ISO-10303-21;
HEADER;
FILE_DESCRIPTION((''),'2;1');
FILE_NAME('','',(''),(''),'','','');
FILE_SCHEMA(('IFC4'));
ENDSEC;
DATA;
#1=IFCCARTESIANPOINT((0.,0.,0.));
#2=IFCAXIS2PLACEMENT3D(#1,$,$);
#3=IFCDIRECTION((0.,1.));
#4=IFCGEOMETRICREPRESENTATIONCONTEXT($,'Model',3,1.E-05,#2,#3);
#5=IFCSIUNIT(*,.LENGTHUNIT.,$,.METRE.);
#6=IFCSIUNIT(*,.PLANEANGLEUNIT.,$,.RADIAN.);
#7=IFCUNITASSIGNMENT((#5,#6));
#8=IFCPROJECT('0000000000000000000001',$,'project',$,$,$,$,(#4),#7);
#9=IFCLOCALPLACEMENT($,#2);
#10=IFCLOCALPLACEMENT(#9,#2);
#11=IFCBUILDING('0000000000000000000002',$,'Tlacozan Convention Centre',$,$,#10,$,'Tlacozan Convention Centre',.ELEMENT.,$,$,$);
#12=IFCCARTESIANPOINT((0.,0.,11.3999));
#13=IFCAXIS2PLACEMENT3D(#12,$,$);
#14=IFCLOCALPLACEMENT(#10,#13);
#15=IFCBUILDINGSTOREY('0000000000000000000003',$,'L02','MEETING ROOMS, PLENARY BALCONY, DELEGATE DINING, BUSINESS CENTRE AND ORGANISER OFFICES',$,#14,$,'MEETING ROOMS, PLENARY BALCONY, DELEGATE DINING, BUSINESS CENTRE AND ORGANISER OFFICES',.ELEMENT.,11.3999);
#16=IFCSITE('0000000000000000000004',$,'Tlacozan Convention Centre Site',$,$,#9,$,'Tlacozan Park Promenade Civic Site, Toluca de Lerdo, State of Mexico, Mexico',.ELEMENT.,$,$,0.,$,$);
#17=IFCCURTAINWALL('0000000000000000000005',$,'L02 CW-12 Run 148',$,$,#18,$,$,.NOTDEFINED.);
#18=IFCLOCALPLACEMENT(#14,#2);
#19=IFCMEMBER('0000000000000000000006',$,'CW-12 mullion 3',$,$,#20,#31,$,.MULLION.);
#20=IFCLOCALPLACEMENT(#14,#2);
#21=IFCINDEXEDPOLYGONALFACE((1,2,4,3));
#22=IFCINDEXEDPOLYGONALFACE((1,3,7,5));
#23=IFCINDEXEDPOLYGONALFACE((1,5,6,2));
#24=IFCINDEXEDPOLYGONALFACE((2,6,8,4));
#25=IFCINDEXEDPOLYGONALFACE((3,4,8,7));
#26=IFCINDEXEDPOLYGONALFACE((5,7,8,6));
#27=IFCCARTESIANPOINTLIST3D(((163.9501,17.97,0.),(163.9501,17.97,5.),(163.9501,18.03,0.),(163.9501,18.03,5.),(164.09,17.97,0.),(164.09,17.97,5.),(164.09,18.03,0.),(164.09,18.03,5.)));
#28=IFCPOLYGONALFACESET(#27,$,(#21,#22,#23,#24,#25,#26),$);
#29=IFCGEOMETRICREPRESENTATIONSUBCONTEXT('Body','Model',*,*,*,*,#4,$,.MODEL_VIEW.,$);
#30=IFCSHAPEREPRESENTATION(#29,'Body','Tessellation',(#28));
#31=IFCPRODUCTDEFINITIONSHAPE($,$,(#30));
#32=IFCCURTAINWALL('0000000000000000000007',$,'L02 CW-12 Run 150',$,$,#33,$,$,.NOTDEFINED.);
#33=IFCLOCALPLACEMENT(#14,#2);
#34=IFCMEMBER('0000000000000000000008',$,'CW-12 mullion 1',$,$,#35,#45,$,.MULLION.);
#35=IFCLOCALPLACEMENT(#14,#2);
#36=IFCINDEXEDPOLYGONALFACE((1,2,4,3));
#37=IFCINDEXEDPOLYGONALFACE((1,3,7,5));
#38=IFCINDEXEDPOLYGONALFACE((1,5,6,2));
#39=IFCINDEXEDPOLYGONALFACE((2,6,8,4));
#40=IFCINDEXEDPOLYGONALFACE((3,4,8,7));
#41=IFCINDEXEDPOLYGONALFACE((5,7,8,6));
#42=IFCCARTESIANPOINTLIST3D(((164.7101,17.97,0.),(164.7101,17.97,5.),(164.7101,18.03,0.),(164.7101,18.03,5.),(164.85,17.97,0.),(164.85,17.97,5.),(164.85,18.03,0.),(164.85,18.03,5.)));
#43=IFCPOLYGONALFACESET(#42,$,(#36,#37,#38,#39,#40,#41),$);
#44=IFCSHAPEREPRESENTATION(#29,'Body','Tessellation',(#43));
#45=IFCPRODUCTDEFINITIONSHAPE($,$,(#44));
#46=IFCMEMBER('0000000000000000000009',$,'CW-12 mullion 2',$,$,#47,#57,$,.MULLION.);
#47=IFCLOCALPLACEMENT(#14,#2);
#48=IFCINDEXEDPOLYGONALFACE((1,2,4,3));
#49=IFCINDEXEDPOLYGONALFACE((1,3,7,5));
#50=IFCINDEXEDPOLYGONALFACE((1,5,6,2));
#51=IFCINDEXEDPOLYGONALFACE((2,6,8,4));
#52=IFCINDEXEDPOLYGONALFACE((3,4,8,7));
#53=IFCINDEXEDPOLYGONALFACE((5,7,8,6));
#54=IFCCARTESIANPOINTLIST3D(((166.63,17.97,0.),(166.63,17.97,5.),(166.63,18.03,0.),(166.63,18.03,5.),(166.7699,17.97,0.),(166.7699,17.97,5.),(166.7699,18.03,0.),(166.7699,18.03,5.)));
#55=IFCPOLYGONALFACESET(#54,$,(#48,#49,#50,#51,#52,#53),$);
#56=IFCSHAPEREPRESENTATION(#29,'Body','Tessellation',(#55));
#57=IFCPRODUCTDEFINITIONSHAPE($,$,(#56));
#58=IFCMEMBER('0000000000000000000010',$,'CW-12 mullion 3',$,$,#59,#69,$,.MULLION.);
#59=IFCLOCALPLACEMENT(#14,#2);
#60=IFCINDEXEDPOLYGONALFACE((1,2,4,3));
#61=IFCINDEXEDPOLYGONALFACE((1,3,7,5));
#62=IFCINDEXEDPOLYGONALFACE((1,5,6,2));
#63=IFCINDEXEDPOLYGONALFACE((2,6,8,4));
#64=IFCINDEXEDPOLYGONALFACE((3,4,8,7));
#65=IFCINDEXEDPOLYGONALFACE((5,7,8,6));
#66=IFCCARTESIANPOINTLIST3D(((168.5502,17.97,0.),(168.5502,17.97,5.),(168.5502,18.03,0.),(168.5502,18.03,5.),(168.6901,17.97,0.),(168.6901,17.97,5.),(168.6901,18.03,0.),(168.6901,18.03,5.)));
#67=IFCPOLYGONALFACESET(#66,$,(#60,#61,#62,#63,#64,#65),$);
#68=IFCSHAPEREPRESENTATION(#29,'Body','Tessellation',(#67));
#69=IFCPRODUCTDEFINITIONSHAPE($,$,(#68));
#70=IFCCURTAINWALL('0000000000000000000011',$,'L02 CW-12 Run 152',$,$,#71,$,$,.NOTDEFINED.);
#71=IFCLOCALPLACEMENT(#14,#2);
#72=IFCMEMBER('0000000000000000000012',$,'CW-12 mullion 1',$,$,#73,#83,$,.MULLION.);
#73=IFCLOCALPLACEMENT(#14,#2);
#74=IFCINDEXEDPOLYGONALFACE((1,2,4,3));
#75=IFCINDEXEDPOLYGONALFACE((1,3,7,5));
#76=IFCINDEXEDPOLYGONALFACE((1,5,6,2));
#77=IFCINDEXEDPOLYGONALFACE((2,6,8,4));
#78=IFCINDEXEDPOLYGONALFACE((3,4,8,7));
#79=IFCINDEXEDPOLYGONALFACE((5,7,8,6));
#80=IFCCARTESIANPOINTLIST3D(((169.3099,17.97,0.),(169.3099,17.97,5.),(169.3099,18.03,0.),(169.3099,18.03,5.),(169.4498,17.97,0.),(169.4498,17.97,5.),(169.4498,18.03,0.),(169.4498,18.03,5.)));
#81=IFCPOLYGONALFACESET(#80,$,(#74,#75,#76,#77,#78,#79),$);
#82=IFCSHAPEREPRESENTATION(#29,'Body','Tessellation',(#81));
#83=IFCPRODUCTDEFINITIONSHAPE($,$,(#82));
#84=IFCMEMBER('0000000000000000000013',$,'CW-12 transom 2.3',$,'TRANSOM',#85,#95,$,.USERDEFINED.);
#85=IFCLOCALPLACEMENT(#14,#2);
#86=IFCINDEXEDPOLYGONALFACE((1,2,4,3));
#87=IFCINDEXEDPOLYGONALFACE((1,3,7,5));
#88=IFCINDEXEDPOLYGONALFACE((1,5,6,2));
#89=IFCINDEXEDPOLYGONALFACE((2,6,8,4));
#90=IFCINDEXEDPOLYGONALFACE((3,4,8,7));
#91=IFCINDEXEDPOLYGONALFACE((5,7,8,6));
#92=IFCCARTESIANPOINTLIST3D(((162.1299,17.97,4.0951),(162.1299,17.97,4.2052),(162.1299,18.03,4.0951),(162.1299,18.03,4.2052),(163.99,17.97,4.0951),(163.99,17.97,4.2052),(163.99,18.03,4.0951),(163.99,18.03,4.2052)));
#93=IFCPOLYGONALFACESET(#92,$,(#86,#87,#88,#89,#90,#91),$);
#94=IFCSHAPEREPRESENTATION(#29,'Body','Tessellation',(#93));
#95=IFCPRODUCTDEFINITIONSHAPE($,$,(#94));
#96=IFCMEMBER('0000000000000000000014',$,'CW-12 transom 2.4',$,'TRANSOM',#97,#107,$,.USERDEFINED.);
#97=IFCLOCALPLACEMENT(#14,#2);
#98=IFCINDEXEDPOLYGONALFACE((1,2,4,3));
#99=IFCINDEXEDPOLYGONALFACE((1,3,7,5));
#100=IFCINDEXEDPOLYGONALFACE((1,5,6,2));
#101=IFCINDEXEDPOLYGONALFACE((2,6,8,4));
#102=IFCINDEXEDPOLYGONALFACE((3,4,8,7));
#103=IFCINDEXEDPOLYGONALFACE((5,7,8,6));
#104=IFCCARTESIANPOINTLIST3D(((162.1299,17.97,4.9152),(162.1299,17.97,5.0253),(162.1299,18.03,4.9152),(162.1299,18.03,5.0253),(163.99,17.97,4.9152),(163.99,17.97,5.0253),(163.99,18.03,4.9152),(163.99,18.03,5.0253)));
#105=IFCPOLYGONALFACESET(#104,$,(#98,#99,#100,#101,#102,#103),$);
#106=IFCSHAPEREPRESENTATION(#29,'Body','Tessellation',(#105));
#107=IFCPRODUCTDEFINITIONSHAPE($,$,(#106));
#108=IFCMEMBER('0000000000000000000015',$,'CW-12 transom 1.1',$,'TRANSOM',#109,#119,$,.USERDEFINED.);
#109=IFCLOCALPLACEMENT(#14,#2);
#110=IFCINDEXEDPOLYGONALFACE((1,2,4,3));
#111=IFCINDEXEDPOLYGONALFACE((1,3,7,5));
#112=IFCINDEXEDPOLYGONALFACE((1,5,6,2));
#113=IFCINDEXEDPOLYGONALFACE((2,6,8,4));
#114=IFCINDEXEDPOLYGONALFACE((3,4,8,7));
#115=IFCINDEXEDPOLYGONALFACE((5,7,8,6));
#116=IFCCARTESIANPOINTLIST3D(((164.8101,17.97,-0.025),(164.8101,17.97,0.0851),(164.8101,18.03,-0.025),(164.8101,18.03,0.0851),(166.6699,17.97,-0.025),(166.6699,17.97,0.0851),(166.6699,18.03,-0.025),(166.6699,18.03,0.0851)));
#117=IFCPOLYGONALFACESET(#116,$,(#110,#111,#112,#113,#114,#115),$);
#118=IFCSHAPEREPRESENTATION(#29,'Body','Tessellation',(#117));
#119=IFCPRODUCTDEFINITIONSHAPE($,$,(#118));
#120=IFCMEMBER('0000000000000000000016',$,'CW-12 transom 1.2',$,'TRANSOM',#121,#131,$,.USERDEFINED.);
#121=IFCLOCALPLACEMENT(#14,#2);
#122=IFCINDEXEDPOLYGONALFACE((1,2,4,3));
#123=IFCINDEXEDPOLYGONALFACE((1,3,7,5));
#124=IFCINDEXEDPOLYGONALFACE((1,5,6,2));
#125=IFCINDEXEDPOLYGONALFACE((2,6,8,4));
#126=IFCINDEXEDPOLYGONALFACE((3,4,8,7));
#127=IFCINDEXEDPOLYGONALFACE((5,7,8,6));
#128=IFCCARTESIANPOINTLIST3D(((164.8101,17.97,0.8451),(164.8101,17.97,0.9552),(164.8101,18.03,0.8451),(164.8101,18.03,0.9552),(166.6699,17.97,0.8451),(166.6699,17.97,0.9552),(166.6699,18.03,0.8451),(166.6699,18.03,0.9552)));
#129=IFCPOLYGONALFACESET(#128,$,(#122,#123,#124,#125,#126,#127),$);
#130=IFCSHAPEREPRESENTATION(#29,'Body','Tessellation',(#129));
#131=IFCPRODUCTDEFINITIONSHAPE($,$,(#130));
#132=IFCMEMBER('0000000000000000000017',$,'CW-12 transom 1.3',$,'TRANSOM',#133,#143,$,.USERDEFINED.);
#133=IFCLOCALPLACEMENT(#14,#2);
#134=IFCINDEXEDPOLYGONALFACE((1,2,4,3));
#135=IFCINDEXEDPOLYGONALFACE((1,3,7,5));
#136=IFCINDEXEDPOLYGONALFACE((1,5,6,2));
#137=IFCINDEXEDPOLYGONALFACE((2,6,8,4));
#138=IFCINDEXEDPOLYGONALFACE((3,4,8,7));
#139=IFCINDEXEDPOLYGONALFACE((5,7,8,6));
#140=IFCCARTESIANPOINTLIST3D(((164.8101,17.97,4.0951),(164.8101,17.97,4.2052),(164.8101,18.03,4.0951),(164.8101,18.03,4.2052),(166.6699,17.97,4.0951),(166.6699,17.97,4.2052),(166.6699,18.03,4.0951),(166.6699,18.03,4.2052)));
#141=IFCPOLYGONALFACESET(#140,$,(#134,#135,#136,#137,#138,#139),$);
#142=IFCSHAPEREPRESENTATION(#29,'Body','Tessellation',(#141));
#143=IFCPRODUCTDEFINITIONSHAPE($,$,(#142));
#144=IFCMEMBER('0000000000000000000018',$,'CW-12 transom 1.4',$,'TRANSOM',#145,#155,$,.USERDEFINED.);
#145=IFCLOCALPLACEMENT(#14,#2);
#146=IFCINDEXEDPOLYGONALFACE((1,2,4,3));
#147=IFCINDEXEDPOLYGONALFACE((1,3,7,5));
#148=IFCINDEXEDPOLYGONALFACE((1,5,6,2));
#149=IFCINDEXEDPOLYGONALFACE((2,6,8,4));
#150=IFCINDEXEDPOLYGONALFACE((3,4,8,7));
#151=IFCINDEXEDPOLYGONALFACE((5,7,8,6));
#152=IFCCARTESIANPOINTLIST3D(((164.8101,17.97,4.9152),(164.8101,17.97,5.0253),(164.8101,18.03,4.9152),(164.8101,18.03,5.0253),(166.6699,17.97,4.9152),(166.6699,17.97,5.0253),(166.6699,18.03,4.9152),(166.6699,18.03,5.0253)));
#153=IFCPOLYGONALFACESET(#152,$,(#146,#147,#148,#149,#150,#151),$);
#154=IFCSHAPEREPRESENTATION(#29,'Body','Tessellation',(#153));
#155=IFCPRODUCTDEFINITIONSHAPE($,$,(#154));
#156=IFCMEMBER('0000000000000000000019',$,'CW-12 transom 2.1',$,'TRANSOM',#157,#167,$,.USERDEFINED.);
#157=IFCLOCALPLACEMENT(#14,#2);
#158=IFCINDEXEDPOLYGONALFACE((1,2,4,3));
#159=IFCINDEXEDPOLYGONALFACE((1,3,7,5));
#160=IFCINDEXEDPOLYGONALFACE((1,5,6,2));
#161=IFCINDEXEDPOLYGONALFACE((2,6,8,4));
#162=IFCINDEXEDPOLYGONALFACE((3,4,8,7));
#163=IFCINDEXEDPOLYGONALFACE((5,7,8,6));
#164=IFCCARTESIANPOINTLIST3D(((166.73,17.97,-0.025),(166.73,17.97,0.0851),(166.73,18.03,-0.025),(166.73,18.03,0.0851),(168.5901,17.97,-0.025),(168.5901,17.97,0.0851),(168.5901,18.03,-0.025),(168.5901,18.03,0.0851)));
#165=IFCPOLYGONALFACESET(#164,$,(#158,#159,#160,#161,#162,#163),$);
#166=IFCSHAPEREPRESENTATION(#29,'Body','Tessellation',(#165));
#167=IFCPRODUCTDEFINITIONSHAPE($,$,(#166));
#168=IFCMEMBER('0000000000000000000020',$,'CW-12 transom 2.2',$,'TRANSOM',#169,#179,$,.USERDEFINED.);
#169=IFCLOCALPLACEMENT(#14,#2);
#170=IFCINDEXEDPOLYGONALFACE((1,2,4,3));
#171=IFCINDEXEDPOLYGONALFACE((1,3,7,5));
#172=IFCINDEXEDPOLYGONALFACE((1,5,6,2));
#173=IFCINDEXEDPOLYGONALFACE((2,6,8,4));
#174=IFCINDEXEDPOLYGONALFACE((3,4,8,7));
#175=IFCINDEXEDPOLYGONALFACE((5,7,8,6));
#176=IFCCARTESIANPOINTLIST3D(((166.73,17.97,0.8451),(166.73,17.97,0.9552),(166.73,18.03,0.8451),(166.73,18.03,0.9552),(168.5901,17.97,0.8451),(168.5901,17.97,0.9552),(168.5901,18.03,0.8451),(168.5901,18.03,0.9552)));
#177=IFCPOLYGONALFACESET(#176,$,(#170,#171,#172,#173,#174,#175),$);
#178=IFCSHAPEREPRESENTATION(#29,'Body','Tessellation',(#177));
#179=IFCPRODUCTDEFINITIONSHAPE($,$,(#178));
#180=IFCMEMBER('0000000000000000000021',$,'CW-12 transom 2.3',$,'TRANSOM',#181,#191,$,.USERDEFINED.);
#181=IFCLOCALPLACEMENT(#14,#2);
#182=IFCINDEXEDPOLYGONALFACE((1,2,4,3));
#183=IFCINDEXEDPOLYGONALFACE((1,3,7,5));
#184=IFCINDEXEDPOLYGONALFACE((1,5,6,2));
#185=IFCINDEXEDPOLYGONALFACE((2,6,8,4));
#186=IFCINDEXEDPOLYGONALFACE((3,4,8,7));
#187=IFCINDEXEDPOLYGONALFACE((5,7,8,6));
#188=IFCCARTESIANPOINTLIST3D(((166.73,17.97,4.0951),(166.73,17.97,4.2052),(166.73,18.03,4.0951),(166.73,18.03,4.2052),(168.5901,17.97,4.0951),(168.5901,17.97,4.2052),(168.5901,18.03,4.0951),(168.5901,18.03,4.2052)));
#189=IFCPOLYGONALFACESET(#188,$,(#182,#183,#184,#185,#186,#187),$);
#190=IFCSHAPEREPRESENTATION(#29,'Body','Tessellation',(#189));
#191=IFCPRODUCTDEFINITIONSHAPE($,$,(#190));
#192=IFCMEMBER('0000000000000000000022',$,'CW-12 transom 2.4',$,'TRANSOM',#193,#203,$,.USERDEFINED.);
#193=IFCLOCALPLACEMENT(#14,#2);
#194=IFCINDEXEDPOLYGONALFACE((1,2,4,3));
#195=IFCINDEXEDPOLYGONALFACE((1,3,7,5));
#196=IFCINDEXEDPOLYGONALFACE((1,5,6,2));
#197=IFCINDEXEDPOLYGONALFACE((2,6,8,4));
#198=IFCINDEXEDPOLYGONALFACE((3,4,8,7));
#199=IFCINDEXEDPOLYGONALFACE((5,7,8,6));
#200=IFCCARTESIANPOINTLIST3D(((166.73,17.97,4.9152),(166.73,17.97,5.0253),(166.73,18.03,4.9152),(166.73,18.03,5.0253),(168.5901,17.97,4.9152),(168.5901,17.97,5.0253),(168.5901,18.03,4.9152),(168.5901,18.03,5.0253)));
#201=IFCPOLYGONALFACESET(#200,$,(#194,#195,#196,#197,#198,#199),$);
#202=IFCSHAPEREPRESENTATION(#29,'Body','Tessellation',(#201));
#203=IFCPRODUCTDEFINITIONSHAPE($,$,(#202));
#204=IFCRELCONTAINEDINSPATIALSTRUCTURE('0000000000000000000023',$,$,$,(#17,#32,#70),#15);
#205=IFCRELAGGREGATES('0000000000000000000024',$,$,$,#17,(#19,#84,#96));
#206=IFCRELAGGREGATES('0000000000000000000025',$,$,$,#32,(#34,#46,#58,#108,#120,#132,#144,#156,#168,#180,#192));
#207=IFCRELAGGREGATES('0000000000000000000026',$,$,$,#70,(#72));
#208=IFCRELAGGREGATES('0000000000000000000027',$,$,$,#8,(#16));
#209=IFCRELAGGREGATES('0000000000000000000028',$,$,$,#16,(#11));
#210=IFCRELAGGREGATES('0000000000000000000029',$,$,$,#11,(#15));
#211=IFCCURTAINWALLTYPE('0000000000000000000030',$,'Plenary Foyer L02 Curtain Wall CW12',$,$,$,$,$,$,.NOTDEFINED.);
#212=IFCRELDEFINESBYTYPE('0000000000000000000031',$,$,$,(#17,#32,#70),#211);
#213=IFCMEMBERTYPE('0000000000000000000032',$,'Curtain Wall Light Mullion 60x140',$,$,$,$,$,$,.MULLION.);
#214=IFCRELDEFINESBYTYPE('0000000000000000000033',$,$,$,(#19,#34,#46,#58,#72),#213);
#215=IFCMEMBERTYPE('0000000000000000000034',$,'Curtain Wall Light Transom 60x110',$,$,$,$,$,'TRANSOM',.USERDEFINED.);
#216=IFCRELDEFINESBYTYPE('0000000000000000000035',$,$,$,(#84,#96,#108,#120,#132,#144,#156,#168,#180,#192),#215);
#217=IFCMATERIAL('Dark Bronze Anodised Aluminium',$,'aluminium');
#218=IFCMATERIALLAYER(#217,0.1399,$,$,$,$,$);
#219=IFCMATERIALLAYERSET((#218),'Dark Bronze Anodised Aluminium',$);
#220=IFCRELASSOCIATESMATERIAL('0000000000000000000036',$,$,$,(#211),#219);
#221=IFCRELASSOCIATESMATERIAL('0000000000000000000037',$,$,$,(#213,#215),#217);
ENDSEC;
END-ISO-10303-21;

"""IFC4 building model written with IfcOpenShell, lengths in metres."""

from ifc_helpers import new_model, si_unit, direction, frame, origin, origin_2d, place, context, subcontext, project, spatial, rectangle, extrude, material, layer, layer_set, material_profile, profile_set, type_object, element, aggregate, save


model = new_model("IFC4")

# Units and contexts
model_context = context("Model", 3, precision=1e-05, world=origin(), true_north=direction((0.0, 1.0)))
body_context = subcontext(model_context, "Body", "Model", "MODEL_VIEW")
ifc_project = project(units=[si_unit("LENGTHUNIT", "METRE"), si_unit("PLANEANGLEUNIT", "RADIAN")], contexts=[model_context])

# Site, building, storey
site_placement = place(None, origin())
site = spatial("IfcSite", under=ifc_project, at=site_placement, Name="Tlacozan Convention Centre Site", LongName="Tlacozan Park Promenade Civic Site, Toluca de Lerdo, State of Mexico, Mexico", CompositionType="ELEMENT", RefElevation=0.0)
building_placement = place(site_placement, origin())
building = spatial("IfcBuilding", under=site, at=building_placement, Name="Tlacozan Convention Centre", LongName="Tlacozan Convention Centre", CompositionType="ELEMENT")
storey_placement = place(building_placement, frame((0.0, 0.0, 11.3999)))
storey = spatial("IfcBuildingStorey", under=building, at=storey_placement, Name="L02", Description="MEETING ROOMS, PLENARY BALCONY, DELEGATE DINING, BUSINESS CENTRE AND ORGANISER OFFICES", LongName="MEETING ROOMS, PLENARY BALCONY, DELEGATE DINING, BUSINESS CENTRE AND ORGANISER OFFICES", CompositionType="ELEMENT", Elevation=11.3999)

# Curtain wall, member
ifc_material_1 = material(Name="Dark Bronze Anodised Aluminium", Category="aluminium")
ifc_layer_1 = layer(ifc_material_1, 0.1399)
ifc_layer_set_1 = layer_set([ifc_layer_1], Name="Dark Bronze Anodised Aluminium")
curtain_wall_type = type_object("IfcCurtainWallType", Name="Plenary Foyer L02 Curtain Wall CW12", PredefinedType="NOTDEFINED", material=ifc_layer_set_1)
curtain_wall_1_placement = place(storey_placement, origin())
curtain_wall_1 = element("IfcCurtainWall", 1, at=curtain_wall_1_placement, inside=storey, type_object=curtain_wall_type, Name="L02 CW-12 Run 148", PredefinedType="NOTDEFINED")
ifc_material_profile_1 = material_profile(ifc_material_1, rectangle(XDim=0.0601, YDim=0.1399, at=origin_2d()), Name="ALU 60x140")
ifc_profile_set_1 = profile_set([ifc_material_profile_1], Name="Dark Bronze Anodised Aluminium")
member_type_1 = type_object("IfcMemberType", Name="Curtain Wall Light Mullion 60x140", PredefinedType="MULLION", material=ifc_profile_set_1)
member_1_placement = place(storey_placement, frame((164.02, 18.0, 0.0), z_axis=(0.0, 0.0, 1.0), x_axis=(0.0, 1.0, 0.0)))
member_1 = element("IfcMember", 2, at=member_1_placement, type_object=member_type_1, Name="CW-12 mullion 3", PredefinedType="MULLION", context=body_context, shape_type="SweptSolid", body=[
    extrude(rectangle(XDim=0.0601, YDim=0.1399, at=origin_2d()), origin(), (0.0, 0.0, 1.0), 5.0),
])

# Curtain wall, members
curtain_wall_2_placement = place(storey_placement, origin())
curtain_wall_2 = element("IfcCurtainWall", 3, at=curtain_wall_2_placement, inside=storey, type_object=curtain_wall_type, Name="L02 CW-12 Run 150", PredefinedType="NOTDEFINED")
member_2_placement = place(storey_placement, frame((164.78, 18.0, 0.0), z_axis=(0.0, 0.0, 1.0), x_axis=(0.0, 1.0, 0.0)))
member_2 = element("IfcMember", 4, at=member_2_placement, type_object=member_type_1, Name="CW-12 mullion 1", PredefinedType="MULLION", context=body_context, shape_type="SweptSolid", body=[
    extrude(rectangle(XDim=0.0601, YDim=0.1399, at=origin_2d()), origin(), (0.0, 0.0, 1.0), 5.0),
])
member_3_placement = place(storey_placement, frame((166.7, 18.0, 0.0), z_axis=(0.0, 0.0, 1.0), x_axis=(0.0, 1.0, 0.0)))
member_3 = element("IfcMember", 5, at=member_3_placement, type_object=member_type_1, Name="CW-12 mullion 2", PredefinedType="MULLION", context=body_context, shape_type="SweptSolid", body=[
    extrude(rectangle(XDim=0.0601, YDim=0.1399, at=origin_2d()), origin(), (0.0, 0.0, 1.0), 5.0),
])
member_4_placement = place(storey_placement, frame((168.6201, 18.0, 0.0), z_axis=(0.0, 0.0, 1.0), x_axis=(0.0, 1.0, 0.0)))
member_4 = element("IfcMember", 6, at=member_4_placement, type_object=member_type_1, Name="CW-12 mullion 3", PredefinedType="MULLION", context=body_context, shape_type="SweptSolid", body=[
    extrude(rectangle(XDim=0.0601, YDim=0.1399, at=origin_2d()), origin(), (0.0, 0.0, 1.0), 5.0),
])

# Curtain wall, member
curtain_wall_3_placement = place(storey_placement, origin())
curtain_wall_3 = element("IfcCurtainWall", 7, at=curtain_wall_3_placement, inside=storey, type_object=curtain_wall_type, Name="L02 CW-12 Run 152", PredefinedType="NOTDEFINED")
member_5_placement = place(storey_placement, frame((169.3799, 18.0, 0.0), z_axis=(0.0, 0.0, 1.0), x_axis=(0.0, 1.0, 0.0)))
member_5 = element("IfcMember", 8, at=member_5_placement, type_object=member_type_1, Name="CW-12 mullion 1", PredefinedType="MULLION", context=body_context, shape_type="SweptSolid", body=[
    extrude(rectangle(XDim=0.0601, YDim=0.1399, at=origin_2d()), origin(), (0.0, 0.0, 1.0), 5.0),
])

# Members
ifc_material_profile_2 = material_profile(ifc_material_1, rectangle(XDim=0.0601, YDim=0.1101, at=origin_2d()), Name="ALU 60x110")
ifc_profile_set_2 = profile_set([ifc_material_profile_2], Name="Dark Bronze Anodised Aluminium")
member_type_2 = type_object("IfcMemberType", Name="Curtain Wall Light Transom 60x110", ElementType="TRANSOM", PredefinedType="USERDEFINED", material=ifc_profile_set_2)
member_6_placement = place(storey_placement, frame((162.1299, 18.0, 4.1501), z_axis=(1.0, 0.0, 0.0), x_axis=(0.0, 1.0, 0.0)))
member_6 = element("IfcMember", 9, at=member_6_placement, type_object=member_type_2, Name="CW-12 transom 2.3", ObjectType="TRANSOM", PredefinedType="USERDEFINED", context=body_context, shape_type="SweptSolid", body=[
    extrude(rectangle(XDim=0.0601, YDim=0.1101, at=origin_2d()), origin(), (0.0, 0.0, 1.0), 1.8601),
])
member_7_placement = place(storey_placement, frame((162.1299, 18.0, 4.9702), z_axis=(1.0, 0.0, 0.0), x_axis=(0.0, 1.0, 0.0)))
member_7 = element("IfcMember", 10, at=member_7_placement, type_object=member_type_2, Name="CW-12 transom 2.4", ObjectType="TRANSOM", PredefinedType="USERDEFINED", context=body_context, shape_type="SweptSolid", body=[
    extrude(rectangle(XDim=0.0601, YDim=0.1101, at=origin_2d()), origin(), (0.0, 0.0, 1.0), 1.8601),
])
member_8_placement = place(storey_placement, frame((164.8101, 18.0, 0.03), z_axis=(1.0, 0.0, 0.0), x_axis=(0.0, 1.0, 0.0)))
member_8 = element("IfcMember", 11, at=member_8_placement, type_object=member_type_2, Name="CW-12 transom 1.1", ObjectType="TRANSOM", PredefinedType="USERDEFINED", context=body_context, shape_type="SweptSolid", body=[
    extrude(rectangle(XDim=0.0601, YDim=0.1101, at=origin_2d()), origin(), (0.0, 0.0, 1.0), 1.8599),
])
member_9_placement = place(storey_placement, frame((164.8101, 18.0, 0.9001), z_axis=(1.0, 0.0, 0.0), x_axis=(0.0, 1.0, 0.0)))
member_9 = element("IfcMember", 12, at=member_9_placement, type_object=member_type_2, Name="CW-12 transom 1.2", ObjectType="TRANSOM", PredefinedType="USERDEFINED", context=body_context, shape_type="SweptSolid", body=[
    extrude(rectangle(XDim=0.0601, YDim=0.1101, at=origin_2d()), origin(), (0.0, 0.0, 1.0), 1.8599),
])
member_10_placement = place(storey_placement, frame((164.8101, 18.0, 4.1501), z_axis=(1.0, 0.0, 0.0), x_axis=(0.0, 1.0, 0.0)))
member_10 = element("IfcMember", 13, at=member_10_placement, type_object=member_type_2, Name="CW-12 transom 1.3", ObjectType="TRANSOM", PredefinedType="USERDEFINED", context=body_context, shape_type="SweptSolid", body=[
    extrude(rectangle(XDim=0.0601, YDim=0.1101, at=origin_2d()), origin(), (0.0, 0.0, 1.0), 1.8599),
])
member_11_placement = place(storey_placement, frame((164.8101, 18.0, 4.9702), z_axis=(1.0, 0.0, 0.0), x_axis=(0.0, 1.0, 0.0)))
member_11 = element("IfcMember", 14, at=member_11_placement, type_object=member_type_2, Name="CW-12 transom 1.4", ObjectType="TRANSOM", PredefinedType="USERDEFINED", context=body_context, shape_type="SweptSolid", body=[
    extrude(rectangle(XDim=0.0601, YDim=0.1101, at=origin_2d()), origin(), (0.0, 0.0, 1.0), 1.8599),
])
member_12_placement = place(storey_placement, frame((166.73, 18.0, 0.03), z_axis=(1.0, 0.0, 0.0), x_axis=(0.0, 1.0, 0.0)))
member_12 = element("IfcMember", 15, at=member_12_placement, type_object=member_type_2, Name="CW-12 transom 2.1", ObjectType="TRANSOM", PredefinedType="USERDEFINED", context=body_context, shape_type="SweptSolid", body=[
    extrude(rectangle(XDim=0.0601, YDim=0.1101, at=origin_2d()), origin(), (0.0, 0.0, 1.0), 1.8601),
])
member_13_placement = place(storey_placement, frame((166.73, 18.0, 0.9001), z_axis=(1.0, 0.0, 0.0), x_axis=(0.0, 1.0, 0.0)))
member_13 = element("IfcMember", 16, at=member_13_placement, type_object=member_type_2, Name="CW-12 transom 2.2", ObjectType="TRANSOM", PredefinedType="USERDEFINED", context=body_context, shape_type="SweptSolid", body=[
    extrude(rectangle(XDim=0.0601, YDim=0.1101, at=origin_2d()), origin(), (0.0, 0.0, 1.0), 1.8601),
])
member_14_placement = place(storey_placement, frame((166.73, 18.0, 4.1501), z_axis=(1.0, 0.0, 0.0), x_axis=(0.0, 1.0, 0.0)))
member_14 = element("IfcMember", 17, at=member_14_placement, type_object=member_type_2, Name="CW-12 transom 2.3", ObjectType="TRANSOM", PredefinedType="USERDEFINED", context=body_context, shape_type="SweptSolid", body=[
    extrude(rectangle(XDim=0.0601, YDim=0.1101, at=origin_2d()), origin(), (0.0, 0.0, 1.0), 1.8601),
])
member_15_placement = place(storey_placement, frame((166.73, 18.0, 4.9702), z_axis=(1.0, 0.0, 0.0), x_axis=(0.0, 1.0, 0.0)))
member_15 = element("IfcMember", 18, at=member_15_placement, type_object=member_type_2, Name="CW-12 transom 2.4", ObjectType="TRANSOM", PredefinedType="USERDEFINED", context=body_context, shape_type="SweptSolid", body=[
    extrude(rectangle(XDim=0.0601, YDim=0.1101, at=origin_2d()), origin(), (0.0, 0.0, 1.0), 1.8601),
])

aggregate(curtain_wall_1, [member_1, member_6, member_7])
aggregate(curtain_wall_2, [member_2, member_3, member_4, member_8, member_9, member_10, member_11, member_12, member_13, member_14, member_15])
aggregate(curtain_wall_3, [member_5])

save(model, "model.ifc")
